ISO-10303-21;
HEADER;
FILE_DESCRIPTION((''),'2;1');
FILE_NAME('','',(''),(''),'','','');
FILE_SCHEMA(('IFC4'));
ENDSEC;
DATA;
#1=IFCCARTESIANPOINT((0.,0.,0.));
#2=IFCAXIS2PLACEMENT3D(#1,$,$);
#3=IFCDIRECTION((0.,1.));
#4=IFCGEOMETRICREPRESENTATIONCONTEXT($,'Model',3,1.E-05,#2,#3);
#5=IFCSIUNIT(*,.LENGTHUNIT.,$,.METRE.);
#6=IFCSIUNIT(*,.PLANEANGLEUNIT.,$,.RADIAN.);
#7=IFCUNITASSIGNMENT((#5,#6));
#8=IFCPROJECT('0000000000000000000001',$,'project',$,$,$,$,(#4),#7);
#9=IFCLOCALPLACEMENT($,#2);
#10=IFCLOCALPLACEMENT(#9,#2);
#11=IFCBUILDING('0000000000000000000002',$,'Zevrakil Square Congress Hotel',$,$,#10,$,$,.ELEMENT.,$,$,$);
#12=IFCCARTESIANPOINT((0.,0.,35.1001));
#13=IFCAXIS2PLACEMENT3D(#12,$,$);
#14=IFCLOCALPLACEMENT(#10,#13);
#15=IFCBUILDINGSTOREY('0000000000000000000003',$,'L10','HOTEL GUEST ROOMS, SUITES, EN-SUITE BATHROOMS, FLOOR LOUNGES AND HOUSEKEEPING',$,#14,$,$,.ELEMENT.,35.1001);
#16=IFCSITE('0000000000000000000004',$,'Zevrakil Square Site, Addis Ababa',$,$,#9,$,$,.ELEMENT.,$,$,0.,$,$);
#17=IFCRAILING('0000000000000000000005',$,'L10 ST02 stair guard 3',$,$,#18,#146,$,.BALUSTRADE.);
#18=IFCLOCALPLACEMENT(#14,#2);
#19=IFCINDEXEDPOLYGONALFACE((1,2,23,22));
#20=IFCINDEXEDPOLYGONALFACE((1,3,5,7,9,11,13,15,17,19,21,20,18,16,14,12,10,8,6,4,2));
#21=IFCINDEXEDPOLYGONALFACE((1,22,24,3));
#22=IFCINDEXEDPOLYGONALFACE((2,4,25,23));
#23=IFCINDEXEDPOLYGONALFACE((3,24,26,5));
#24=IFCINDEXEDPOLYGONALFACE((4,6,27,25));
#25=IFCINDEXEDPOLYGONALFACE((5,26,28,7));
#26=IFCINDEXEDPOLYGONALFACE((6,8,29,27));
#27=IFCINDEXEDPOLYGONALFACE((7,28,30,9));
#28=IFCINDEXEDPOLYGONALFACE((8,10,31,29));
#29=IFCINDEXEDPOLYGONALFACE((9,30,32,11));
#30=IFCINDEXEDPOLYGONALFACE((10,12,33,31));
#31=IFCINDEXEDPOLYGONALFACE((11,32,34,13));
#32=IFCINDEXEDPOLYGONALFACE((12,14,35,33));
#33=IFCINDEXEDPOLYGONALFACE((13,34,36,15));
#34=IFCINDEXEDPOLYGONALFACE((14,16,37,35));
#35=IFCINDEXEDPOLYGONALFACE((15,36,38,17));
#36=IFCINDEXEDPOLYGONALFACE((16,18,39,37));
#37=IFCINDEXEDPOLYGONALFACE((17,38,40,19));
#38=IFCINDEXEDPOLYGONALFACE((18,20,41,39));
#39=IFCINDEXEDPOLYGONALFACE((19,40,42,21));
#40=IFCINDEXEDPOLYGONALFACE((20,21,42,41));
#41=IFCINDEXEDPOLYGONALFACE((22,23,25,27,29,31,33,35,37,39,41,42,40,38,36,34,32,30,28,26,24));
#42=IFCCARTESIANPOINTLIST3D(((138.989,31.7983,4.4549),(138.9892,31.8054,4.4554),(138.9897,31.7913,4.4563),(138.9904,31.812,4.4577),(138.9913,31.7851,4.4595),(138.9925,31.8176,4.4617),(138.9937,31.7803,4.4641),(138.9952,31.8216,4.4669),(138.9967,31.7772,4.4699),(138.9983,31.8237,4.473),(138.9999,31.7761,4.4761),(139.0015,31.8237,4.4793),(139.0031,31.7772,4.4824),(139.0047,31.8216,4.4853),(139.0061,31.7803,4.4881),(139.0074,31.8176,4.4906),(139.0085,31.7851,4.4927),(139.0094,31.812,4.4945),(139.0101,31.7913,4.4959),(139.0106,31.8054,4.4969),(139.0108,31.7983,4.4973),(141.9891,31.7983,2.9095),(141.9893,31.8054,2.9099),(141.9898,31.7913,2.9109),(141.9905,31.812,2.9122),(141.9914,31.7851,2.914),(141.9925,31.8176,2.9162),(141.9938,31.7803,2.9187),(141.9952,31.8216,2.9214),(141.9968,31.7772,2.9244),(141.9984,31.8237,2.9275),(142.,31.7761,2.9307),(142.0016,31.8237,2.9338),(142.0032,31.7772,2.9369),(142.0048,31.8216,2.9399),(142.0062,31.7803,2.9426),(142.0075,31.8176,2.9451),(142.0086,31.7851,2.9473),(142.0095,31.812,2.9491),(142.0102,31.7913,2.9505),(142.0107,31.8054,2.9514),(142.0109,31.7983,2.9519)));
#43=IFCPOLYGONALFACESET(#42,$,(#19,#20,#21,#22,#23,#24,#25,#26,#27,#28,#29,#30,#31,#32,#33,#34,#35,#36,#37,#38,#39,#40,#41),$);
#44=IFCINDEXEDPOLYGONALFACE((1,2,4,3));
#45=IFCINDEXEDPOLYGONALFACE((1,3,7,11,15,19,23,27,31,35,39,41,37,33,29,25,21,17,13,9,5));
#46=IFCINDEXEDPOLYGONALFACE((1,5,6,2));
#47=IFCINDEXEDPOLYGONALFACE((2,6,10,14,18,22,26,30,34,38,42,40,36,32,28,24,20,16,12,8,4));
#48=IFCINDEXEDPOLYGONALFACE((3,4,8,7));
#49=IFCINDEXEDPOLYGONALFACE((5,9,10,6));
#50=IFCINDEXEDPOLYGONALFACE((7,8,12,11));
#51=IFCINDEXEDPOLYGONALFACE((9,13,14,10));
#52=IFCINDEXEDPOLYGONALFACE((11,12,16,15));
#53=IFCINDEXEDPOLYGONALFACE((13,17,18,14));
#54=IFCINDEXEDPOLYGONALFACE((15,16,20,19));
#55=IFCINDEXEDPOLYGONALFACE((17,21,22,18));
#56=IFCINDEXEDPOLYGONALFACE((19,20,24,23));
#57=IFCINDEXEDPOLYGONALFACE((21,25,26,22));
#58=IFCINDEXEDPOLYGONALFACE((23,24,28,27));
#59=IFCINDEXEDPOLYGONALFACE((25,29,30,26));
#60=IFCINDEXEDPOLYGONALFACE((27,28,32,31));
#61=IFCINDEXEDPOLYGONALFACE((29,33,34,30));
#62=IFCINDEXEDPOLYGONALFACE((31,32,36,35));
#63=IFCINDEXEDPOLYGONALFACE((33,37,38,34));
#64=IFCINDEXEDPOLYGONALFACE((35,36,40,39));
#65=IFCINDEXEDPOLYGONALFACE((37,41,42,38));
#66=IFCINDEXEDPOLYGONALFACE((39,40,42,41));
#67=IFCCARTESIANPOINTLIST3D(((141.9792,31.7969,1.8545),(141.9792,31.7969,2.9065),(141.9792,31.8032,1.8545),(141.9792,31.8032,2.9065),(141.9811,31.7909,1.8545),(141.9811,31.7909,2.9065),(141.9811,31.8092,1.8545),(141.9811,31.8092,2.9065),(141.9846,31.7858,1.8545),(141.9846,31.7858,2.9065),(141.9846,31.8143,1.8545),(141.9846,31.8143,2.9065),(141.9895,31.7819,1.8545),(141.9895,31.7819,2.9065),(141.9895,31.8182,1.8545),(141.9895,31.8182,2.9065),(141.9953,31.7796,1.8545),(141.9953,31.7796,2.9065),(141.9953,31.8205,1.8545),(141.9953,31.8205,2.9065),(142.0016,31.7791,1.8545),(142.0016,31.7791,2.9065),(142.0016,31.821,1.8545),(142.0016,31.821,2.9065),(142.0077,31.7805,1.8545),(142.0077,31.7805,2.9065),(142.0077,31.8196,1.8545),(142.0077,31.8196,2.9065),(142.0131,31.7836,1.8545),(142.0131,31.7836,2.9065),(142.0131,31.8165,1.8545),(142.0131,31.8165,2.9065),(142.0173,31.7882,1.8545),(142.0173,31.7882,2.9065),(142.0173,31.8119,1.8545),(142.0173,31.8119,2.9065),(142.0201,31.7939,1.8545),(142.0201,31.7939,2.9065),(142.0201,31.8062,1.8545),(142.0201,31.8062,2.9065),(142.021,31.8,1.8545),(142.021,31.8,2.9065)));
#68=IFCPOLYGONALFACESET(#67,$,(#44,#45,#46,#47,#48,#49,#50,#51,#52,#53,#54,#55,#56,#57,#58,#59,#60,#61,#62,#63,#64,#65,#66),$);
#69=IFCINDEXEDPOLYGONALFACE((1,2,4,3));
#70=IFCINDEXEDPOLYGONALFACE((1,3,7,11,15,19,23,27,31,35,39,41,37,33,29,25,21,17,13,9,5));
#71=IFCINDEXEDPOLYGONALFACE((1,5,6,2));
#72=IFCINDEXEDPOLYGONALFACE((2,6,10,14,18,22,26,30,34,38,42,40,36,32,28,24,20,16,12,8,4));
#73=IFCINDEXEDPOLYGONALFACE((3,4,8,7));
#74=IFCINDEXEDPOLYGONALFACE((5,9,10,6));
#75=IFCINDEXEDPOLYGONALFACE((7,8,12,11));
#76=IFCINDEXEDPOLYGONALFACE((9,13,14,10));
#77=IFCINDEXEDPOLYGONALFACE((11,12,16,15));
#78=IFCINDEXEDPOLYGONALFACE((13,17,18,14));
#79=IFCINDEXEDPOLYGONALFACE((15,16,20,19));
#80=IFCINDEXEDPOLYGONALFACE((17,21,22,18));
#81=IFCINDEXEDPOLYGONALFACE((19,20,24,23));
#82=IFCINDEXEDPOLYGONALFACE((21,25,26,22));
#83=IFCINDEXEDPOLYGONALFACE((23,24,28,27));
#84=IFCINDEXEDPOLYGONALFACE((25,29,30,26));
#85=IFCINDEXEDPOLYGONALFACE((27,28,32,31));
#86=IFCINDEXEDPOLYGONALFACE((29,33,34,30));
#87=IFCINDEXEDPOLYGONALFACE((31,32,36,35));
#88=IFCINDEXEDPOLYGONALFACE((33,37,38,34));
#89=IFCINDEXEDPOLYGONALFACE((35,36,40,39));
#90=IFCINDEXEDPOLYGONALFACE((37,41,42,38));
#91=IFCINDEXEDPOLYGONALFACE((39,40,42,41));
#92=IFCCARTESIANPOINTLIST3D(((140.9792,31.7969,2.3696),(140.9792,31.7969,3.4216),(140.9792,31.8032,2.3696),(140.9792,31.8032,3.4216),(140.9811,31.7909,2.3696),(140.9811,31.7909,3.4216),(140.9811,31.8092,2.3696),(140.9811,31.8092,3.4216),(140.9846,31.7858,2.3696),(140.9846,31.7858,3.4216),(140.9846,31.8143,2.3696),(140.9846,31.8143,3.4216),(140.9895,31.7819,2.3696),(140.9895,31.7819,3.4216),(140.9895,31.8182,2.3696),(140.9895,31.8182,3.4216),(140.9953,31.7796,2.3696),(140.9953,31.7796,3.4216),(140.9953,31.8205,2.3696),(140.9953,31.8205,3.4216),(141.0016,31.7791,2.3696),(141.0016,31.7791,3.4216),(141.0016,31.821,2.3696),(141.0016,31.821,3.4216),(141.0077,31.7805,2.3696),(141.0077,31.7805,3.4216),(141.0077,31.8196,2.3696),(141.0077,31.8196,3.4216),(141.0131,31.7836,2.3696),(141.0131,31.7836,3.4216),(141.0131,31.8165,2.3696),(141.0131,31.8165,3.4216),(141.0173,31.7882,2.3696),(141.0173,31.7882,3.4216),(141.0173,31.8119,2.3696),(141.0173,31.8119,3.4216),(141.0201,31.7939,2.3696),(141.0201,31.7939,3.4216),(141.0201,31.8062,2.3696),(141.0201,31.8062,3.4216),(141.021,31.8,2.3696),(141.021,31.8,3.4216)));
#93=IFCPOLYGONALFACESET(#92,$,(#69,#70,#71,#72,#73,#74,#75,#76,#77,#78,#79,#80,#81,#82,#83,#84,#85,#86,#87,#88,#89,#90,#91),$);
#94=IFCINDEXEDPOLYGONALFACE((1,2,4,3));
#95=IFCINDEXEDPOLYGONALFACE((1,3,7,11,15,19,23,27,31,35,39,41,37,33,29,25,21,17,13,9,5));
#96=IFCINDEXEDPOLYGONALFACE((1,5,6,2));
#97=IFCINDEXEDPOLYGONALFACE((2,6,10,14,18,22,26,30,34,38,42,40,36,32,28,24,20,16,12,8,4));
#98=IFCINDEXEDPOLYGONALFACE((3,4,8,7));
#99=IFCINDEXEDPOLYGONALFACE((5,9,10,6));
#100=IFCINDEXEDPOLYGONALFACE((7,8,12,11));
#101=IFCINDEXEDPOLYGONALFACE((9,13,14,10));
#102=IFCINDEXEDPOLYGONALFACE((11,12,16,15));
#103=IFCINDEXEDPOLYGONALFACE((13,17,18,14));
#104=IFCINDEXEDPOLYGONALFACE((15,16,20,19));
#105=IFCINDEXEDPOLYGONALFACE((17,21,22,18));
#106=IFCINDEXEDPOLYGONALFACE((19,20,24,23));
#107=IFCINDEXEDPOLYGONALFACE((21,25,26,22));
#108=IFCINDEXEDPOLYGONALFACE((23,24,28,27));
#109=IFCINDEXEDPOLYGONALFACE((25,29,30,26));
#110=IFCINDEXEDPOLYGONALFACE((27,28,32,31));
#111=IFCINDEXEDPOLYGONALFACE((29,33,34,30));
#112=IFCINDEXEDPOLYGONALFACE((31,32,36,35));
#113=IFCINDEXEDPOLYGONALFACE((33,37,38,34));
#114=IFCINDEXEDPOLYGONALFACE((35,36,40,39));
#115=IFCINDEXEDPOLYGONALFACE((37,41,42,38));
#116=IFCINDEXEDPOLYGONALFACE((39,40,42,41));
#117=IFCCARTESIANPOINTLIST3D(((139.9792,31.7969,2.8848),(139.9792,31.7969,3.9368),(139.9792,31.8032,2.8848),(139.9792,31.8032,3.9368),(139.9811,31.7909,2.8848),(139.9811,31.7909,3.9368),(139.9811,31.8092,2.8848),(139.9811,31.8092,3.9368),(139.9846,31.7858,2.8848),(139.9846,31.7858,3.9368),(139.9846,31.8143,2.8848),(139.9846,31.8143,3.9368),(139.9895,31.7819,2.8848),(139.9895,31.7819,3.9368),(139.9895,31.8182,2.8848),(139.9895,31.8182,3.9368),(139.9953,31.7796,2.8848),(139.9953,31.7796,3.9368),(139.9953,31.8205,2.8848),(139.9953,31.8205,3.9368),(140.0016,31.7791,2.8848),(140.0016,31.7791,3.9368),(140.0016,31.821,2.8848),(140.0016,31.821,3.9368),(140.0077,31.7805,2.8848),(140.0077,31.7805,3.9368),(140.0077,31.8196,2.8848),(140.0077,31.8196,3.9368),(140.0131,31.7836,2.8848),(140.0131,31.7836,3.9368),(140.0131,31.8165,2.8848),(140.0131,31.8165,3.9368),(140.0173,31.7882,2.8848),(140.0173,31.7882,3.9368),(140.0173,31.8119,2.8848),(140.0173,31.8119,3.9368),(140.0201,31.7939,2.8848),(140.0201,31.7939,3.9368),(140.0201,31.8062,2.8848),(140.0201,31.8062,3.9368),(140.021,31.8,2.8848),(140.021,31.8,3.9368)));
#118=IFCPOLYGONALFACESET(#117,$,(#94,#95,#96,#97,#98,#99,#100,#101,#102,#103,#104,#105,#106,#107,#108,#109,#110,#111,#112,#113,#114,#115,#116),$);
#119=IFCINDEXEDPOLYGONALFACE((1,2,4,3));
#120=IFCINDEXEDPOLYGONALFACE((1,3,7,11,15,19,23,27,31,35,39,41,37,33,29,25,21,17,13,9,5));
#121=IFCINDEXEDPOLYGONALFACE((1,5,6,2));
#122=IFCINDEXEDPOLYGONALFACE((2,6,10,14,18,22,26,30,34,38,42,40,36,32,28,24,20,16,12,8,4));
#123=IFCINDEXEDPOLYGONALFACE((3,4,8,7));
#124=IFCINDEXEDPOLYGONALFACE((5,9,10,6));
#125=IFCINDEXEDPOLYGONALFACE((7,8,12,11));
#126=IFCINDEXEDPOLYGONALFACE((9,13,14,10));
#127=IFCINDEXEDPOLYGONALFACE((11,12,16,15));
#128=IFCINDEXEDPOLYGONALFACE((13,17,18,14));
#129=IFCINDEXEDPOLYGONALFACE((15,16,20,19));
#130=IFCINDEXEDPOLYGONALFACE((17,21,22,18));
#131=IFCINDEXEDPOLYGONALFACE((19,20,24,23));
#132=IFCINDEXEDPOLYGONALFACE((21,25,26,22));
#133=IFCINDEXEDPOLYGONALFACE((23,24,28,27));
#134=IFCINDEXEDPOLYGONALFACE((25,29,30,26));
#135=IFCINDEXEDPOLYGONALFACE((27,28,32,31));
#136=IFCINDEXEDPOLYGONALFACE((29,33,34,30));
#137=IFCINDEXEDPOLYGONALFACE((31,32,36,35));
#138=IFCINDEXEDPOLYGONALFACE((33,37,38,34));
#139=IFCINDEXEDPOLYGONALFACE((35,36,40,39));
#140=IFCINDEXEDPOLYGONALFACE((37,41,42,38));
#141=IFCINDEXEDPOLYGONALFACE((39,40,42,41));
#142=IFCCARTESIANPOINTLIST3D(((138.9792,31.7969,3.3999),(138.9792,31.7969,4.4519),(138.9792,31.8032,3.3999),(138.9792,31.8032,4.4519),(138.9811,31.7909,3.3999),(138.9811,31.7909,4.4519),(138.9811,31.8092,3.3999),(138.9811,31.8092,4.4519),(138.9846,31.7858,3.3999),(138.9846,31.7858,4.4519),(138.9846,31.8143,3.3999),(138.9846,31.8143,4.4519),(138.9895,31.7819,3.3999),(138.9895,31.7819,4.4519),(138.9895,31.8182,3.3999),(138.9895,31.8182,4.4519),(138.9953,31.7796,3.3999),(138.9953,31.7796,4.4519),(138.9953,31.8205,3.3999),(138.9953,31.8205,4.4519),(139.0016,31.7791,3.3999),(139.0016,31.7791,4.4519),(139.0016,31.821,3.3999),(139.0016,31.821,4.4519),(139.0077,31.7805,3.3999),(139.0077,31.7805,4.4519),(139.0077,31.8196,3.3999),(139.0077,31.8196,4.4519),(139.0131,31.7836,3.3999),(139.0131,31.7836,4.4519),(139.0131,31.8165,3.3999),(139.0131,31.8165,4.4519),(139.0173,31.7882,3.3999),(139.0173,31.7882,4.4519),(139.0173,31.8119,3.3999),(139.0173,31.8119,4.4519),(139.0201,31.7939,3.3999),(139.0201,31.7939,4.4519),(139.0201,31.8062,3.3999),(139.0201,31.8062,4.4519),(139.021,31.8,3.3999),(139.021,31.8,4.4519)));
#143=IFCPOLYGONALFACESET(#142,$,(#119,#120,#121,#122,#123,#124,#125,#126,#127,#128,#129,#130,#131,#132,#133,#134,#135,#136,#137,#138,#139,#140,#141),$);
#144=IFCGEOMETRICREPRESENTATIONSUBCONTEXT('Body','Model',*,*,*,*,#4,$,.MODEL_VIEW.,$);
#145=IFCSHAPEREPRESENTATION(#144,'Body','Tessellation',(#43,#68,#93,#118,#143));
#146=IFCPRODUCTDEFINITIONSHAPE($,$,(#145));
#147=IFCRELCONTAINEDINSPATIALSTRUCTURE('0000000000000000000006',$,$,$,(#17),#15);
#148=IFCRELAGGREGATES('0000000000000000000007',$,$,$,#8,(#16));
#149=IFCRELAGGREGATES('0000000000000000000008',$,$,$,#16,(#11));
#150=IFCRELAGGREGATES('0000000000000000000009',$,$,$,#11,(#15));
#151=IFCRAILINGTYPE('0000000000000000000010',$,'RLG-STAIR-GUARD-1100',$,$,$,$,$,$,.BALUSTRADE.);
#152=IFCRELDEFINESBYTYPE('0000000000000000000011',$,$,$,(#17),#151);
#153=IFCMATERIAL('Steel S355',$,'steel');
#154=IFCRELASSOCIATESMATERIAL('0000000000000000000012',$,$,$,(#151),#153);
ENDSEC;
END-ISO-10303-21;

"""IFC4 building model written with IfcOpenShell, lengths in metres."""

from ifc_helpers import new_model, si_unit, direction, frame, origin, origin_2d, place, context, subcontext, project, spatial, circle, extrude, material, type_object, element, save


model = new_model("IFC4")

# Units and contexts
model_context = context("Model", 3, precision=1e-05, world=origin(), true_north=direction((0.0, 1.0)))
body_context = subcontext(model_context, "Body", "Model", "MODEL_VIEW")
ifc_project = project(units=[si_unit("LENGTHUNIT", "METRE"), si_unit("PLANEANGLEUNIT", "RADIAN")], contexts=[model_context])

# Site, building, storey
site_placement = place(None, origin())
site = spatial("IfcSite", under=ifc_project, at=site_placement, Name="Zevrakil Square Site, Addis Ababa", CompositionType="ELEMENT", RefElevation=0.0)
building_placement = place(site_placement, origin())
building = spatial("IfcBuilding", under=site, at=building_placement, Name="Zevrakil Square Congress Hotel", CompositionType="ELEMENT")
storey_placement = place(building_placement, frame((0.0, 0.0, 35.1001)))
storey = spatial("IfcBuildingStorey", under=building, at=storey_placement, Name="L10", Description="HOTEL GUEST ROOMS, SUITES, EN-SUITE BATHROOMS, FLOOR LOUNGES AND HOUSEKEEPING", CompositionType="ELEMENT", Elevation=35.1001)

# Railing
ifc_material_1 = material(Name="Steel S355", Category="steel")
railing_type_1 = type_object("IfcRailingType", Name="RLG-STAIR-GUARD-1100", PredefinedType="BALUSTRADE", material=ifc_material_1)
railing_1_placement = place(storey_placement, frame((142.0, 31.8, 1.8545)))
element("IfcRailing", 1, at=railing_1_placement, inside=storey, type_object=railing_type_1, Name="L10 ST02 stair guard 3", PredefinedType="BALUSTRADE", context=body_context, shape_type="SweptSolid", body=[
    extrude(circle(Radius=0.0239, at=origin_2d()), frame((0.0, 0.0, 1.0762), z_axis=(-0.88898, 0.0, 0.457946), x_axis=(0.0, -1.0, 0.0)), (0.0, 0.0, 1.0), 3.3748),
    extrude(circle(Radius=0.021, at=origin_2d()), origin(), (0.0, 0.0, 1.0), 1.052),
    extrude(circle(Radius=0.021, at=origin_2d()), frame((-1.0, 0.0, 0.5151)), (0.0, 0.0, 1.0), 1.052),
    extrude(circle(Radius=0.021, at=origin_2d()), frame((-2.0, 0.0, 1.0303)), (0.0, 0.0, 1.0), 1.052),
    extrude(circle(Radius=0.021, at=origin_2d()), frame((-3.0, 0.0, 1.5454)), (0.0, 0.0, 1.0), 1.052),
])

save(model, "model.ifc")
